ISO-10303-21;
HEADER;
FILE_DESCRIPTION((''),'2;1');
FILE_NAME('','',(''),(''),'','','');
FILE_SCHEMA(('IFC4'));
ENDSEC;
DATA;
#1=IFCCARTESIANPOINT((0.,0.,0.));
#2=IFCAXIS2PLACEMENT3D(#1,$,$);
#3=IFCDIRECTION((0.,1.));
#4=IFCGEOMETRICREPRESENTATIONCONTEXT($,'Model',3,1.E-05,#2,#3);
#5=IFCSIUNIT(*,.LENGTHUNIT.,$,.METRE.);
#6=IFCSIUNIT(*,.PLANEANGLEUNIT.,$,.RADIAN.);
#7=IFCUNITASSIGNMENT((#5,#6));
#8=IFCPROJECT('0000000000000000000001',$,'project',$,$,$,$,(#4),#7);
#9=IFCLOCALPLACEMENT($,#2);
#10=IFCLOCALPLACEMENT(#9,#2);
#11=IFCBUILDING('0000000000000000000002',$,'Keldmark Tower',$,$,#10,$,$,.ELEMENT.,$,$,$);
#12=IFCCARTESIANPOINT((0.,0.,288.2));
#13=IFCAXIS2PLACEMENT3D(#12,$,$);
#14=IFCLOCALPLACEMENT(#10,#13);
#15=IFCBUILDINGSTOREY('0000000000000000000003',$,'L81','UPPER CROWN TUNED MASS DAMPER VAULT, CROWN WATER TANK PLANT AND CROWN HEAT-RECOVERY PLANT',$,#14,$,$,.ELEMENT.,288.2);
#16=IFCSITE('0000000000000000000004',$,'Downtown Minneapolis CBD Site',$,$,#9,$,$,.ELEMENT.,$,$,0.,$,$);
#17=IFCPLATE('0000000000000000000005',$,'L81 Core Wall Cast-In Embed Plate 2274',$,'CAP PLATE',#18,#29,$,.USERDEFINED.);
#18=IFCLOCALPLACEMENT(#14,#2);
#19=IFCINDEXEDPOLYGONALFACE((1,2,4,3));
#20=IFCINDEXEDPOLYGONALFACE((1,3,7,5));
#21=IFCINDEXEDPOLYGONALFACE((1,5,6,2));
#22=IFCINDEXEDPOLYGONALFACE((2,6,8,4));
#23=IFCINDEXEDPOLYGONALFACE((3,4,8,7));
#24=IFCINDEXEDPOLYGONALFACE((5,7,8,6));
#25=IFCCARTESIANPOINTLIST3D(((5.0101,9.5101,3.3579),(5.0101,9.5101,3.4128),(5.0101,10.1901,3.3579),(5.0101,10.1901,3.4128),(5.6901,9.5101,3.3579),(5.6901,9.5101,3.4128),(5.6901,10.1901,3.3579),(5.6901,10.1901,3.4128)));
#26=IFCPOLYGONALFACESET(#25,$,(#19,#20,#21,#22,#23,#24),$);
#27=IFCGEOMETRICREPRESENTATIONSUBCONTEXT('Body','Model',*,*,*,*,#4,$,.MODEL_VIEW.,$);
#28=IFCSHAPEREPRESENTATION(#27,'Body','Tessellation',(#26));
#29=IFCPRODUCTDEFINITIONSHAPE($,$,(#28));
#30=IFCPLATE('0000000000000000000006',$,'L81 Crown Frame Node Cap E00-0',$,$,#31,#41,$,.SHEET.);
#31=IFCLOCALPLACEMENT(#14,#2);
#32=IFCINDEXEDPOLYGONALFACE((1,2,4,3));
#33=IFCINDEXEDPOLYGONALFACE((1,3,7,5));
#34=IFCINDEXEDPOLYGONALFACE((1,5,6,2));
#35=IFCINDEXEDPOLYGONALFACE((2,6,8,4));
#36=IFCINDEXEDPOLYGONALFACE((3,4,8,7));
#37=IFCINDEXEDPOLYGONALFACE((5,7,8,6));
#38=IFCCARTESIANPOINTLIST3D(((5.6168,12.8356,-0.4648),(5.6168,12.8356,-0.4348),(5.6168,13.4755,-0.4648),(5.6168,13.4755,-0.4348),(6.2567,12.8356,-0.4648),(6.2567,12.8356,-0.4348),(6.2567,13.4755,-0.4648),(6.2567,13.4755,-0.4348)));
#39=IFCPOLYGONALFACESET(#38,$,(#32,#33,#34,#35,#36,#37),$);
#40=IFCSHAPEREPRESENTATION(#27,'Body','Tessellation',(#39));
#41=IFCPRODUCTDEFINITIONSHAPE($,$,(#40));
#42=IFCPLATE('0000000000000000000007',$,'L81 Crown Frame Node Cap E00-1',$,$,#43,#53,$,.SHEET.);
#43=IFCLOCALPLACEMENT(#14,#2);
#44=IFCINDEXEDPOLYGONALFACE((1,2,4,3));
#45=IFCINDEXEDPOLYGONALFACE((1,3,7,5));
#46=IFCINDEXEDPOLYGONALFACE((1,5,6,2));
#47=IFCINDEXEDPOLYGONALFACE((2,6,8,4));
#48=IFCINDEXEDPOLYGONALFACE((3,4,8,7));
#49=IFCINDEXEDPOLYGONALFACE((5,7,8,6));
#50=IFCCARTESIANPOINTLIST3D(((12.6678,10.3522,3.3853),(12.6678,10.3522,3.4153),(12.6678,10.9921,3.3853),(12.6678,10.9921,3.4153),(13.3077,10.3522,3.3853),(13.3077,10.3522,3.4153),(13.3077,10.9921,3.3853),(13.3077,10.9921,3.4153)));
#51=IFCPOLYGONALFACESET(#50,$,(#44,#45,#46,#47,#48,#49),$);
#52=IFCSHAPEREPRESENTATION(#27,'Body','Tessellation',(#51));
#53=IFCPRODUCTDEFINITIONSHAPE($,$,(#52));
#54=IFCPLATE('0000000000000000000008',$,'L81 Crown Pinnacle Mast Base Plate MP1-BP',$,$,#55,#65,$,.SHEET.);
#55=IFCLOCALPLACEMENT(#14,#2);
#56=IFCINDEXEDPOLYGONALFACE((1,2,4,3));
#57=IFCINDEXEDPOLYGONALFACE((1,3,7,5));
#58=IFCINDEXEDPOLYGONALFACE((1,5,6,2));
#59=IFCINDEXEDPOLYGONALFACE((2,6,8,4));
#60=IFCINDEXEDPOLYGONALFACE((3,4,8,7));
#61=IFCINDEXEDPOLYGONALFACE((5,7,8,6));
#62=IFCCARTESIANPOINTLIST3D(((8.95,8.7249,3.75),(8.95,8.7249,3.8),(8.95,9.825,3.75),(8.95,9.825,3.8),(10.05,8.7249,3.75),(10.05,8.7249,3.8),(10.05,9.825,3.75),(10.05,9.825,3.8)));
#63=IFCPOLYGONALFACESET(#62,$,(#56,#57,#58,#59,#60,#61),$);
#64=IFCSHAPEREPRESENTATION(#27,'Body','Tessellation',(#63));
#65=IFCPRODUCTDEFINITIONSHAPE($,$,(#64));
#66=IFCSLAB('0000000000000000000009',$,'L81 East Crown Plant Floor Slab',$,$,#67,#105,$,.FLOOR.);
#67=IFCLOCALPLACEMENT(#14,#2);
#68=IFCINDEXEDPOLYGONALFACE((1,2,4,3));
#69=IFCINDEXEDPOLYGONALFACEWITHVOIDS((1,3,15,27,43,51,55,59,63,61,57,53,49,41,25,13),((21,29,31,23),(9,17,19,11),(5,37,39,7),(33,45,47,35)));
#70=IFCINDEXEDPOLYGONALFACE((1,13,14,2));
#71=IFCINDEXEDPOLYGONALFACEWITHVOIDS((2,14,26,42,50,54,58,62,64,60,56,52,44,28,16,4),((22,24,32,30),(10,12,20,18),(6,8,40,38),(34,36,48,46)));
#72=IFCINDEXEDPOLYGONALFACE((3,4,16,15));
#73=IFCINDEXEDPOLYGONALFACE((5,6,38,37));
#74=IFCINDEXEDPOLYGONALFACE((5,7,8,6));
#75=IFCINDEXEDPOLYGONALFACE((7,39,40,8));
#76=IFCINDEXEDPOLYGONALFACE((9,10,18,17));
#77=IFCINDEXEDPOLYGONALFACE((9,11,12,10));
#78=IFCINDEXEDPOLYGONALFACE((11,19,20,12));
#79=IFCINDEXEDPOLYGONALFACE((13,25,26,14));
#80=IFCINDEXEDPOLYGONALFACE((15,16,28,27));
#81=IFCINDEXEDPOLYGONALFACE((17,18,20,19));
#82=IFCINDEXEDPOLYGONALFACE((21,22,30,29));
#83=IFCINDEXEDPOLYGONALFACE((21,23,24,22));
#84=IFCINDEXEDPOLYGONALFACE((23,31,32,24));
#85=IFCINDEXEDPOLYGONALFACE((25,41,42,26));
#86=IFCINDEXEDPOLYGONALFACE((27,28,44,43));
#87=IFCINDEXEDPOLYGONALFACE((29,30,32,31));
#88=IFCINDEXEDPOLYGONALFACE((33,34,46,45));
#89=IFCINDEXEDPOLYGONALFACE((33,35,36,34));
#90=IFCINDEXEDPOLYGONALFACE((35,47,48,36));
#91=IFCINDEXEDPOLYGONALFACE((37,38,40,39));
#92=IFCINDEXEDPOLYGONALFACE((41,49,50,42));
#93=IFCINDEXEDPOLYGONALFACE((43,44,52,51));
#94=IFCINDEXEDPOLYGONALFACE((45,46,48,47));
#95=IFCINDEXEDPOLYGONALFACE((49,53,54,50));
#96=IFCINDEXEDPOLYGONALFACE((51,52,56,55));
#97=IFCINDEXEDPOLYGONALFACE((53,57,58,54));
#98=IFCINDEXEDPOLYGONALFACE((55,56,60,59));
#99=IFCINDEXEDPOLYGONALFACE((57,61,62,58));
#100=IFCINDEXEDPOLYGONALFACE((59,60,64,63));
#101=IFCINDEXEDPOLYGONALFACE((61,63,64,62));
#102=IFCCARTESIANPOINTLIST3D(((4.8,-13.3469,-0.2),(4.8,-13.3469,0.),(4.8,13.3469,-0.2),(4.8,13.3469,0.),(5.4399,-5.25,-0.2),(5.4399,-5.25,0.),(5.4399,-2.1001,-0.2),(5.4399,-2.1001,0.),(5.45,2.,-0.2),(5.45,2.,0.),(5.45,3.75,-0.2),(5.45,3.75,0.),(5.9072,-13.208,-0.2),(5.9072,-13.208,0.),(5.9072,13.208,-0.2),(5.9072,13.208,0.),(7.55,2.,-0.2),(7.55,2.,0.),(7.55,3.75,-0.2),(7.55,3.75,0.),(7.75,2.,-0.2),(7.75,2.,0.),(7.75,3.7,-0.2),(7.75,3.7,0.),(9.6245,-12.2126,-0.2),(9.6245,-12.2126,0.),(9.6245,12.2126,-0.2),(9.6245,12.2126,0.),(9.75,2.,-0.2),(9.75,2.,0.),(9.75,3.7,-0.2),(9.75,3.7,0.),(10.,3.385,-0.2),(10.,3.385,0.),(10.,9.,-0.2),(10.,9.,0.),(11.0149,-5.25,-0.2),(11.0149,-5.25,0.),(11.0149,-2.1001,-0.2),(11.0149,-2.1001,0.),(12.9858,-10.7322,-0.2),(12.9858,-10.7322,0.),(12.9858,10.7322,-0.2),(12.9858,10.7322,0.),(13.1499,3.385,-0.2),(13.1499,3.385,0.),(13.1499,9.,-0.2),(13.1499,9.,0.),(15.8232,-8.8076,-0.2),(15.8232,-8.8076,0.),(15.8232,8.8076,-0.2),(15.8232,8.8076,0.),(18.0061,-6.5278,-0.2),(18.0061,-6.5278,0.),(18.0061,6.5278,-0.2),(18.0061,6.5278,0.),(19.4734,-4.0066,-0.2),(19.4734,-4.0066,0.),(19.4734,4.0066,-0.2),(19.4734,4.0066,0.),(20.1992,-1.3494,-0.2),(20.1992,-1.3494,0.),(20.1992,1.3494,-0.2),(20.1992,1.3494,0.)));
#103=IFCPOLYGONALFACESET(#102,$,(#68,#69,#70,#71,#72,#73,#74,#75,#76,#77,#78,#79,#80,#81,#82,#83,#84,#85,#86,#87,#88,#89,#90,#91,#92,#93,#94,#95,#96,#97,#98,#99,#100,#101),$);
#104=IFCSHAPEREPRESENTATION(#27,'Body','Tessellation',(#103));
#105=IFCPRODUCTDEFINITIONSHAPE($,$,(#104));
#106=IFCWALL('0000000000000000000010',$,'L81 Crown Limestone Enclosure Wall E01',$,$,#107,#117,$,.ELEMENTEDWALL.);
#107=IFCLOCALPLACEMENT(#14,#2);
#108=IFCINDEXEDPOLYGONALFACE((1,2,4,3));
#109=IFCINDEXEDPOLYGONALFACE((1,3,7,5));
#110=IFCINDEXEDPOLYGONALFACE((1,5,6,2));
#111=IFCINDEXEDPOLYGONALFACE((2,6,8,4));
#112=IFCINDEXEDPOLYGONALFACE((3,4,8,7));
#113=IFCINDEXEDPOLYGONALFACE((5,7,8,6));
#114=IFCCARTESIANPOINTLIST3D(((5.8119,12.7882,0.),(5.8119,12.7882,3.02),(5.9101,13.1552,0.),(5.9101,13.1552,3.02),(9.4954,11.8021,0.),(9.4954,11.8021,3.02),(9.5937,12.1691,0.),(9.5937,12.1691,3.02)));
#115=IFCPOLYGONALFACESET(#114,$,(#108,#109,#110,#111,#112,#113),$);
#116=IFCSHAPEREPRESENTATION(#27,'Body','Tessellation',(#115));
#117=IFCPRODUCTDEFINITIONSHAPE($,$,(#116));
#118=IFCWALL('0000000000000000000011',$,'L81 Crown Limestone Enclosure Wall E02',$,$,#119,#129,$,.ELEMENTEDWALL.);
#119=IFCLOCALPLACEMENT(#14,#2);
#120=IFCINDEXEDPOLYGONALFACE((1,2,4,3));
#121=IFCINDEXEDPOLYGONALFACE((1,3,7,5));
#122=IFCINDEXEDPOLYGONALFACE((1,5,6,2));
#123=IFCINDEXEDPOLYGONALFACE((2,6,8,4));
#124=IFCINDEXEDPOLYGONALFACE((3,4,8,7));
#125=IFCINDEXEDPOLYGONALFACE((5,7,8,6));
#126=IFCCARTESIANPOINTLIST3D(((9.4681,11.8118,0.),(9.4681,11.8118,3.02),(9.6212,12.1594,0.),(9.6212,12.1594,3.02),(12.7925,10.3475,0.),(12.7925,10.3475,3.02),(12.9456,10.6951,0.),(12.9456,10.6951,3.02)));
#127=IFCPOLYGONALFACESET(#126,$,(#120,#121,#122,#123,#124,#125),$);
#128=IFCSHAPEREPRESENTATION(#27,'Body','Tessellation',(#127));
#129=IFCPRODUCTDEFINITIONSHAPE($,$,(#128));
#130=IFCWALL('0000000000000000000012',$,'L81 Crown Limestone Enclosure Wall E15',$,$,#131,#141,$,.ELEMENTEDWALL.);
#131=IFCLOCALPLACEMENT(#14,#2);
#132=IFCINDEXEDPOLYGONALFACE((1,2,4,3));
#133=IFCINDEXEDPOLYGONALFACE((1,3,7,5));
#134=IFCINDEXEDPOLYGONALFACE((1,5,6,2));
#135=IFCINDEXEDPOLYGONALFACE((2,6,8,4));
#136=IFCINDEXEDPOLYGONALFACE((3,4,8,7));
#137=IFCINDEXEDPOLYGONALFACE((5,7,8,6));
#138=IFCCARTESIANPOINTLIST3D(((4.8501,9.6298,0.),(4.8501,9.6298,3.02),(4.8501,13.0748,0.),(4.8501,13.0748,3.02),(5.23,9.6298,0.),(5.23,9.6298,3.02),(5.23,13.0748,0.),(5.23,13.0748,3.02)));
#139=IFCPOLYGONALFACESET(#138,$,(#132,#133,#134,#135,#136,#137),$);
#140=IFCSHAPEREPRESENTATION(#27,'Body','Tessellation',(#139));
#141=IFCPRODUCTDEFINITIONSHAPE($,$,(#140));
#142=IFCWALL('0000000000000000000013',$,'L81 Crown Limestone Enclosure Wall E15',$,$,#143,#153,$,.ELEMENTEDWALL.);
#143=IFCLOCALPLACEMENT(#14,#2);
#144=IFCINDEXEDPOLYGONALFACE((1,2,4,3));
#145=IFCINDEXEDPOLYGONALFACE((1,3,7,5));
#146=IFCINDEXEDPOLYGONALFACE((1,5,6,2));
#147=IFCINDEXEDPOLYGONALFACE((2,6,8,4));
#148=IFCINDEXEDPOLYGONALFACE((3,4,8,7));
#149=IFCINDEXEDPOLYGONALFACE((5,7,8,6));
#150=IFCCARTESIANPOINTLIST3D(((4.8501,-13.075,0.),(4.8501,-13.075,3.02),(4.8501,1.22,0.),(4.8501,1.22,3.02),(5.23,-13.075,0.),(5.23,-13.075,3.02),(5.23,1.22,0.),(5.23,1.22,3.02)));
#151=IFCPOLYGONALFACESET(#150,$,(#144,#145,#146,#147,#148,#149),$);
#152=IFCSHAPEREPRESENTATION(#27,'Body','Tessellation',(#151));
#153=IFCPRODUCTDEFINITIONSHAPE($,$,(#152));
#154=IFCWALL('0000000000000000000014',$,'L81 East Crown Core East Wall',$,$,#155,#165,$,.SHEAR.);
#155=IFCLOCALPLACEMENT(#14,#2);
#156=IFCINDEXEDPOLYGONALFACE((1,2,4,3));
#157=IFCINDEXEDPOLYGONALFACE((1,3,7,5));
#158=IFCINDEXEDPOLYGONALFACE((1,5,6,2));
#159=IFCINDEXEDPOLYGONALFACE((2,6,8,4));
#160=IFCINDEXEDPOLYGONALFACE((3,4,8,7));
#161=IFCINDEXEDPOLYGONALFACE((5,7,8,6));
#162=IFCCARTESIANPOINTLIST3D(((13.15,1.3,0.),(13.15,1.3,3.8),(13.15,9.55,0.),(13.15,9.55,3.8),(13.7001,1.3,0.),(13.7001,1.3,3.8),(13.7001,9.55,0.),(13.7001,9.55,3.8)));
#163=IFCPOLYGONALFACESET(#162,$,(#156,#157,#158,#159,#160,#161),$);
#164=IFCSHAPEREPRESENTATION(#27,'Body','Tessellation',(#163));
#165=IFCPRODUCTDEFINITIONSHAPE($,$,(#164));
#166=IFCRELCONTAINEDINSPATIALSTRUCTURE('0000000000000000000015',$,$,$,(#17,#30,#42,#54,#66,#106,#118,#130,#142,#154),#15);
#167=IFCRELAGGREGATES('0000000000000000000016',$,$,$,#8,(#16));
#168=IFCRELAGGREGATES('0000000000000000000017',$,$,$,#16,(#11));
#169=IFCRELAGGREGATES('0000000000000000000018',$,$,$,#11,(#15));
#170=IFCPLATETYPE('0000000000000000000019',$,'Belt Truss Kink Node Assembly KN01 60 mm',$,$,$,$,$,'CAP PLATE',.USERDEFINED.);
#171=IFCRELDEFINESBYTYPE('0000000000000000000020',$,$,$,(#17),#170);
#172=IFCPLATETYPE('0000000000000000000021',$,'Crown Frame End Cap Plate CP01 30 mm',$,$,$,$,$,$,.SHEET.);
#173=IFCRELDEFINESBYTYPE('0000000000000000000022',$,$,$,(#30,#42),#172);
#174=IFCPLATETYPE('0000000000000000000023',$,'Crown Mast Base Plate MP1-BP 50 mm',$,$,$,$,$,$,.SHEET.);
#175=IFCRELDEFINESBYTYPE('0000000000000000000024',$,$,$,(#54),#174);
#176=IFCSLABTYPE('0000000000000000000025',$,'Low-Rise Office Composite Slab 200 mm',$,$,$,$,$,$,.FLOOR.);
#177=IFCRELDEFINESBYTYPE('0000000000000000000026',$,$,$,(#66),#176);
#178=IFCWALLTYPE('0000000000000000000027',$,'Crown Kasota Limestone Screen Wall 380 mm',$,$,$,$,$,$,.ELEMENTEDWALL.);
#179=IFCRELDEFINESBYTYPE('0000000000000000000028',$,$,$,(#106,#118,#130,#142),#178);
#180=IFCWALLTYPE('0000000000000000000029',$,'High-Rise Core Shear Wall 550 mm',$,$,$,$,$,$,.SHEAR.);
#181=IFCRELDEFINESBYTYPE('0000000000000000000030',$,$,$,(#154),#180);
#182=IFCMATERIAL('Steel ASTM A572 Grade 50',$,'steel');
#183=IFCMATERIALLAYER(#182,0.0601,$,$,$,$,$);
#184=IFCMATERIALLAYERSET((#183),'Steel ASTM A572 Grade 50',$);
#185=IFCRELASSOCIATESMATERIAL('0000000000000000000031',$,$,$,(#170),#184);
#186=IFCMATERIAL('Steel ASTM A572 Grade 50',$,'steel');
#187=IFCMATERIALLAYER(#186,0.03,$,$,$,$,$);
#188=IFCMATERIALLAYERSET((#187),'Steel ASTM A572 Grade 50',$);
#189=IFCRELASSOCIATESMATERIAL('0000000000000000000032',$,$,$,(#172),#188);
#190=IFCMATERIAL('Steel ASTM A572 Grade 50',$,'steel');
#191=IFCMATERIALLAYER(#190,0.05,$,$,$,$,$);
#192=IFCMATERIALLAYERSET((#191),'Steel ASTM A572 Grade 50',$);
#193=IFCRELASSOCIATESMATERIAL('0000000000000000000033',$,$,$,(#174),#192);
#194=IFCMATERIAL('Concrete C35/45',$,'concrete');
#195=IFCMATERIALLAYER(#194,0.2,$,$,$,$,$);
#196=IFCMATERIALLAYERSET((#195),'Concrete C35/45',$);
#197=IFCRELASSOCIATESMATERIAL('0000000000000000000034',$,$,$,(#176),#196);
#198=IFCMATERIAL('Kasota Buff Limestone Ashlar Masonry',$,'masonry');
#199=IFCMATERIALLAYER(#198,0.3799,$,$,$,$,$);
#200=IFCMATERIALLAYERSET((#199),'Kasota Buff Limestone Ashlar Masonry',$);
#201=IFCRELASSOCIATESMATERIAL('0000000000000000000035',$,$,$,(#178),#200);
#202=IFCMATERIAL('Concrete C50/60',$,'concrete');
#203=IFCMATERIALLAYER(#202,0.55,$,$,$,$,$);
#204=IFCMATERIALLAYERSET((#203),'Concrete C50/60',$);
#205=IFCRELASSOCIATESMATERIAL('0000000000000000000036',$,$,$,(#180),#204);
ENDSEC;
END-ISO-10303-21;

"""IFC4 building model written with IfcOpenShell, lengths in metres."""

from ifc_helpers import new_model, si_unit, direction, frame, frame_2d, origin, origin_2d, place, context, subcontext, project, spatial, polyline, rectangle, outline, extrude, material, layer, layer_set, type_object, element, save


model = new_model("IFC4")

# Units and contexts
model_context = context("Model", 3, precision=1e-05, world=origin(), true_north=direction((0.0, 1.0)))
body_context = subcontext(model_context, "Body", "Model", "MODEL_VIEW")
ifc_project = project(units=[si_unit("LENGTHUNIT", "METRE"), si_unit("PLANEANGLEUNIT", "RADIAN")], contexts=[model_context])

# Site, building, storey
site_placement = place(None, origin())
site = spatial("IfcSite", under=ifc_project, at=site_placement, Name="Downtown Minneapolis CBD Site", CompositionType="ELEMENT", RefElevation=0.0)
building_placement = place(site_placement, origin())
building = spatial("IfcBuilding", under=site, at=building_placement, Name="Keldmark Tower", CompositionType="ELEMENT")
storey_placement = place(building_placement, frame((0.0, 0.0, 288.2)))
storey = spatial("IfcBuildingStorey", under=building, at=storey_placement, Name="L81", Description="UPPER CROWN TUNED MASS DAMPER VAULT, CROWN WATER TANK PLANT AND CROWN HEAT-RECOVERY PLANT", CompositionType="ELEMENT", Elevation=288.2)

# Plates
ifc_material_1 = material(Name="Steel ASTM A572 Grade 50", Category="steel")
ifc_layer_1 = layer(ifc_material_1, 0.0601)
ifc_layer_set_1 = layer_set([ifc_layer_1], Name="Steel ASTM A572 Grade 50")
plate_type_1 = type_object("IfcPlateType", Name="Belt Truss Kink Node Assembly KN01 60 mm", ElementType="CAP PLATE", PredefinedType="USERDEFINED", material=ifc_layer_set_1)
for number, where, z_axis, x_axis, name in (
    (1, (5.3501, 9.8501, 3.3579), (0.0, 0.0, 1.0), (1.0, 0.0, 0.0), "L81 Core Wall Cast-In Embed Plate 2274"),
):
    element("IfcPlate", number, at=place(storey_placement, frame(where, z_axis=z_axis, x_axis=x_axis)), inside=storey, type_object=plate_type_1, Name=name, ObjectType="CAP PLATE", PredefinedType="USERDEFINED", context=body_context, shape_type="SweptSolid", body=[
        extrude(rectangle(XDim=0.6799, YDim=0.6799, at=origin_2d()), origin(), (0.0, 0.0, 1.0), 0.0549),
    ])
ifc_material_2 = material(Name="Steel ASTM A572 Grade 50", Category="steel")
ifc_layer_2 = layer(ifc_material_2, 0.03)
ifc_layer_set_2 = layer_set([ifc_layer_2], Name="Steel ASTM A572 Grade 50")
plate_type_2 = type_object("IfcPlateType", Name="Crown Frame End Cap Plate CP01 30 mm", PredefinedType="SHEET", material=ifc_layer_set_2)
for number, where, z_axis, x_axis, name in (
    (2, (5.9368, 13.1555, -0.4648), (0.0, 0.0, 1.0), (1.0, 0.0, 0.0), "L81 Crown Frame Node Cap E00-0"),
    (3, (12.9878, 10.6721, 3.3853), (0.0, 0.0, 1.0), (1.0, 0.0, 0.0), "L81 Crown Frame Node Cap E00-1"),
):
    element("IfcPlate", number, at=place(storey_placement, frame(where, z_axis=z_axis, x_axis=x_axis)), inside=storey, type_object=plate_type_2, Name=name, PredefinedType="SHEET", context=body_context, shape_type="SweptSolid", body=[
        extrude(rectangle(XDim=0.6399, YDim=0.6399, at=origin_2d()), origin(), (0.0, 0.0, 1.0), 0.03),
    ])
ifc_material_3 = material(Name="Steel ASTM A572 Grade 50", Category="steel")
ifc_layer_3 = layer(ifc_material_3, 0.05)
ifc_layer_set_3 = layer_set([ifc_layer_3], Name="Steel ASTM A572 Grade 50")
plate_type_3 = type_object("IfcPlateType", Name="Crown Mast Base Plate MP1-BP 50 mm", PredefinedType="SHEET", material=ifc_layer_set_3)
plate_placement = place(storey_placement, frame((9.5, 9.2749, 3.75), z_axis=(0.0, 0.0, 1.0), x_axis=(1.0, 0.0, 0.0)))
element("IfcPlate", 4, at=plate_placement, inside=storey, type_object=plate_type_3, Name="L81 Crown Pinnacle Mast Base Plate MP1-BP", PredefinedType="SHEET", context=body_context, shape_type="SweptSolid", body=[
    extrude(rectangle(XDim=1.1001, YDim=1.1001, at=origin_2d()), origin(), (0.0, 0.0, 1.0), 0.05),
])

# Slab
ifc_material_4 = material(Name="Concrete C35/45", Category="concrete")
ifc_layer_4 = layer(ifc_material_4, 0.2)
ifc_layer_set_4 = layer_set([ifc_layer_4], Name="Concrete C35/45")
slab_type = type_object("IfcSlabType", Name="Low-Rise Office Composite Slab 200 mm", PredefinedType="FLOOR", material=ifc_layer_set_4)
slab_placement = place(storey_placement, frame((0.0, 0.0, -0.2)))
element("IfcSlab", 5, at=slab_placement, inside=storey, type_object=slab_type, Name="L81 East Crown Plant Floor Slab", PredefinedType="FLOOR", context=body_context, shape_type="SweptSolid", body=[
    extrude(outline(polyline([(5.9072, 13.208), (9.6245, 12.2126), (12.9858, 10.7322), (15.8232, 8.8076), (18.0061, 6.5278), (19.4734, 4.0066), (20.1992, 1.3494), (20.1992, -1.3494), (19.4734, -4.0066), (18.0061, -6.5278), (15.8232, -8.8076), (12.9858, -10.7322), (9.6245, -12.2126), (5.9072, -13.208), (4.8, -13.3469), (4.8, 13.3469), (5.9072, 13.208)]), holes=[polyline([(13.1499, 3.385), (13.1499, 9.0), (10.0, 9.0), (10.0, 3.385), (13.1499, 3.385)]), polyline([(11.0149, -2.1001), (5.4399, -2.1001), (5.4399, -5.25), (11.0149, -5.25), (11.0149, -2.1001)]), polyline([(7.75, 2.0), (9.75, 2.0), (9.75, 3.7), (7.75, 3.7), (7.75, 2.0)]), polyline([(5.45, 2.0), (7.55, 2.0), (7.55, 3.75), (5.45, 3.75), (5.45, 2.0)])]), origin(), (0.0, 0.0, 1.0), 0.2),
])

# Walls
ifc_material_5 = material(Name="Kasota Buff Limestone Ashlar Masonry", Category="masonry")
ifc_layer_5 = layer(ifc_material_5, 0.3799)
ifc_layer_set_5 = layer_set([ifc_layer_5], Name="Kasota Buff Limestone Ashlar Masonry")
wall_type_1 = type_object("IfcWallType", Name="Crown Kasota Limestone Screen Wall 380 mm", PredefinedType="ELEMENTEDWALL", material=ifc_layer_set_5)
wall_1_placement = place(storey_placement, frame((9.5447, 11.9856, 0.0), z_axis=(0.0, 0.0, 1.0), x_axis=(-0.965987, 0.258591, 0.0)))
element("IfcWall", 6, at=wall_1_placement, inside=storey, type_object=wall_type_1, Name="L81 Crown Limestone Enclosure Wall E01", PredefinedType="ELEMENTEDWALL", context=body_context, shape_type="SweptSolid", body=[
    extrude(rectangle(XDim=3.8132, YDim=0.3799, at=frame_2d((1.9067, 0.0))), origin(), (0.0, 0.0, 1.0), 3.02),
])
wall_2_placement = place(storey_placement, frame((12.8691, 10.5212, 0.0), z_axis=(0.0, 0.0, 1.0), x_axis=(-0.915153, 0.403106, 0.0)))
element("IfcWall", 7, at=wall_2_placement, inside=storey, type_object=wall_type_1, Name="L81 Crown Limestone Enclosure Wall E02", PredefinedType="ELEMENTEDWALL", context=body_context, shape_type="SweptSolid", body=[
    extrude(rectangle(XDim=3.6326, YDim=0.3799, at=frame_2d((1.8164, 0.0))), origin(), (0.0, 0.0, 1.0), 3.02),
])
wall_3_placement = place(storey_placement, frame((5.04, 13.075, 0.0), z_axis=(0.0, 0.0, 1.0), x_axis=(0.0, -1.0, 0.0)))
element("IfcWall", 8, at=wall_3_placement, inside=storey, type_object=wall_type_1, Name="L81 Crown Limestone Enclosure Wall E15", PredefinedType="ELEMENTEDWALL", context=body_context, shape_type="SweptSolid", body=[
    extrude(rectangle(XDim=3.4451, YDim=0.3799, at=frame_2d((1.7227, 0.0))), origin(), (0.0, 0.0, 1.0), 3.02),
])
wall_4_placement = place(storey_placement, frame((5.04, 1.22, 0.0), z_axis=(0.0, 0.0, 1.0), x_axis=(0.0, -1.0, 0.0)))
element("IfcWall", 9, at=wall_4_placement, inside=storey, type_object=wall_type_1, Name="L81 Crown Limestone Enclosure Wall E15", PredefinedType="ELEMENTEDWALL", context=body_context, shape_type="SweptSolid", body=[
    extrude(rectangle(XDim=14.2949, YDim=0.3799, at=frame_2d((7.1475, 0.0))), origin(), (0.0, 0.0, 1.0), 3.02),
])
ifc_material_6 = material(Name="Concrete C50/60", Category="concrete")
ifc_layer_6 = layer(ifc_material_6, 0.55)
ifc_layer_set_6 = layer_set([ifc_layer_6], Name="Concrete C50/60")
wall_type_2 = type_object("IfcWallType", Name="High-Rise Core Shear Wall 550 mm", PredefinedType="SHEAR", material=ifc_layer_set_6)
wall_5_placement = place(storey_placement, frame((13.425, 1.3, 0.0), z_axis=(0.0, 0.0, 1.0), x_axis=(0.0, 1.0, 0.0)))
element("IfcWall", 10, at=wall_5_placement, inside=storey, type_object=wall_type_2, Name="L81 East Crown Core East Wall", PredefinedType="SHEAR", context=body_context, shape_type="SweptSolid", body=[
    extrude(rectangle(XDim=8.25, YDim=0.55, at=frame_2d((4.125, 0.0))), origin(), (0.0, 0.0, 1.0), 3.8),
])

save(model, "model.ifc")
